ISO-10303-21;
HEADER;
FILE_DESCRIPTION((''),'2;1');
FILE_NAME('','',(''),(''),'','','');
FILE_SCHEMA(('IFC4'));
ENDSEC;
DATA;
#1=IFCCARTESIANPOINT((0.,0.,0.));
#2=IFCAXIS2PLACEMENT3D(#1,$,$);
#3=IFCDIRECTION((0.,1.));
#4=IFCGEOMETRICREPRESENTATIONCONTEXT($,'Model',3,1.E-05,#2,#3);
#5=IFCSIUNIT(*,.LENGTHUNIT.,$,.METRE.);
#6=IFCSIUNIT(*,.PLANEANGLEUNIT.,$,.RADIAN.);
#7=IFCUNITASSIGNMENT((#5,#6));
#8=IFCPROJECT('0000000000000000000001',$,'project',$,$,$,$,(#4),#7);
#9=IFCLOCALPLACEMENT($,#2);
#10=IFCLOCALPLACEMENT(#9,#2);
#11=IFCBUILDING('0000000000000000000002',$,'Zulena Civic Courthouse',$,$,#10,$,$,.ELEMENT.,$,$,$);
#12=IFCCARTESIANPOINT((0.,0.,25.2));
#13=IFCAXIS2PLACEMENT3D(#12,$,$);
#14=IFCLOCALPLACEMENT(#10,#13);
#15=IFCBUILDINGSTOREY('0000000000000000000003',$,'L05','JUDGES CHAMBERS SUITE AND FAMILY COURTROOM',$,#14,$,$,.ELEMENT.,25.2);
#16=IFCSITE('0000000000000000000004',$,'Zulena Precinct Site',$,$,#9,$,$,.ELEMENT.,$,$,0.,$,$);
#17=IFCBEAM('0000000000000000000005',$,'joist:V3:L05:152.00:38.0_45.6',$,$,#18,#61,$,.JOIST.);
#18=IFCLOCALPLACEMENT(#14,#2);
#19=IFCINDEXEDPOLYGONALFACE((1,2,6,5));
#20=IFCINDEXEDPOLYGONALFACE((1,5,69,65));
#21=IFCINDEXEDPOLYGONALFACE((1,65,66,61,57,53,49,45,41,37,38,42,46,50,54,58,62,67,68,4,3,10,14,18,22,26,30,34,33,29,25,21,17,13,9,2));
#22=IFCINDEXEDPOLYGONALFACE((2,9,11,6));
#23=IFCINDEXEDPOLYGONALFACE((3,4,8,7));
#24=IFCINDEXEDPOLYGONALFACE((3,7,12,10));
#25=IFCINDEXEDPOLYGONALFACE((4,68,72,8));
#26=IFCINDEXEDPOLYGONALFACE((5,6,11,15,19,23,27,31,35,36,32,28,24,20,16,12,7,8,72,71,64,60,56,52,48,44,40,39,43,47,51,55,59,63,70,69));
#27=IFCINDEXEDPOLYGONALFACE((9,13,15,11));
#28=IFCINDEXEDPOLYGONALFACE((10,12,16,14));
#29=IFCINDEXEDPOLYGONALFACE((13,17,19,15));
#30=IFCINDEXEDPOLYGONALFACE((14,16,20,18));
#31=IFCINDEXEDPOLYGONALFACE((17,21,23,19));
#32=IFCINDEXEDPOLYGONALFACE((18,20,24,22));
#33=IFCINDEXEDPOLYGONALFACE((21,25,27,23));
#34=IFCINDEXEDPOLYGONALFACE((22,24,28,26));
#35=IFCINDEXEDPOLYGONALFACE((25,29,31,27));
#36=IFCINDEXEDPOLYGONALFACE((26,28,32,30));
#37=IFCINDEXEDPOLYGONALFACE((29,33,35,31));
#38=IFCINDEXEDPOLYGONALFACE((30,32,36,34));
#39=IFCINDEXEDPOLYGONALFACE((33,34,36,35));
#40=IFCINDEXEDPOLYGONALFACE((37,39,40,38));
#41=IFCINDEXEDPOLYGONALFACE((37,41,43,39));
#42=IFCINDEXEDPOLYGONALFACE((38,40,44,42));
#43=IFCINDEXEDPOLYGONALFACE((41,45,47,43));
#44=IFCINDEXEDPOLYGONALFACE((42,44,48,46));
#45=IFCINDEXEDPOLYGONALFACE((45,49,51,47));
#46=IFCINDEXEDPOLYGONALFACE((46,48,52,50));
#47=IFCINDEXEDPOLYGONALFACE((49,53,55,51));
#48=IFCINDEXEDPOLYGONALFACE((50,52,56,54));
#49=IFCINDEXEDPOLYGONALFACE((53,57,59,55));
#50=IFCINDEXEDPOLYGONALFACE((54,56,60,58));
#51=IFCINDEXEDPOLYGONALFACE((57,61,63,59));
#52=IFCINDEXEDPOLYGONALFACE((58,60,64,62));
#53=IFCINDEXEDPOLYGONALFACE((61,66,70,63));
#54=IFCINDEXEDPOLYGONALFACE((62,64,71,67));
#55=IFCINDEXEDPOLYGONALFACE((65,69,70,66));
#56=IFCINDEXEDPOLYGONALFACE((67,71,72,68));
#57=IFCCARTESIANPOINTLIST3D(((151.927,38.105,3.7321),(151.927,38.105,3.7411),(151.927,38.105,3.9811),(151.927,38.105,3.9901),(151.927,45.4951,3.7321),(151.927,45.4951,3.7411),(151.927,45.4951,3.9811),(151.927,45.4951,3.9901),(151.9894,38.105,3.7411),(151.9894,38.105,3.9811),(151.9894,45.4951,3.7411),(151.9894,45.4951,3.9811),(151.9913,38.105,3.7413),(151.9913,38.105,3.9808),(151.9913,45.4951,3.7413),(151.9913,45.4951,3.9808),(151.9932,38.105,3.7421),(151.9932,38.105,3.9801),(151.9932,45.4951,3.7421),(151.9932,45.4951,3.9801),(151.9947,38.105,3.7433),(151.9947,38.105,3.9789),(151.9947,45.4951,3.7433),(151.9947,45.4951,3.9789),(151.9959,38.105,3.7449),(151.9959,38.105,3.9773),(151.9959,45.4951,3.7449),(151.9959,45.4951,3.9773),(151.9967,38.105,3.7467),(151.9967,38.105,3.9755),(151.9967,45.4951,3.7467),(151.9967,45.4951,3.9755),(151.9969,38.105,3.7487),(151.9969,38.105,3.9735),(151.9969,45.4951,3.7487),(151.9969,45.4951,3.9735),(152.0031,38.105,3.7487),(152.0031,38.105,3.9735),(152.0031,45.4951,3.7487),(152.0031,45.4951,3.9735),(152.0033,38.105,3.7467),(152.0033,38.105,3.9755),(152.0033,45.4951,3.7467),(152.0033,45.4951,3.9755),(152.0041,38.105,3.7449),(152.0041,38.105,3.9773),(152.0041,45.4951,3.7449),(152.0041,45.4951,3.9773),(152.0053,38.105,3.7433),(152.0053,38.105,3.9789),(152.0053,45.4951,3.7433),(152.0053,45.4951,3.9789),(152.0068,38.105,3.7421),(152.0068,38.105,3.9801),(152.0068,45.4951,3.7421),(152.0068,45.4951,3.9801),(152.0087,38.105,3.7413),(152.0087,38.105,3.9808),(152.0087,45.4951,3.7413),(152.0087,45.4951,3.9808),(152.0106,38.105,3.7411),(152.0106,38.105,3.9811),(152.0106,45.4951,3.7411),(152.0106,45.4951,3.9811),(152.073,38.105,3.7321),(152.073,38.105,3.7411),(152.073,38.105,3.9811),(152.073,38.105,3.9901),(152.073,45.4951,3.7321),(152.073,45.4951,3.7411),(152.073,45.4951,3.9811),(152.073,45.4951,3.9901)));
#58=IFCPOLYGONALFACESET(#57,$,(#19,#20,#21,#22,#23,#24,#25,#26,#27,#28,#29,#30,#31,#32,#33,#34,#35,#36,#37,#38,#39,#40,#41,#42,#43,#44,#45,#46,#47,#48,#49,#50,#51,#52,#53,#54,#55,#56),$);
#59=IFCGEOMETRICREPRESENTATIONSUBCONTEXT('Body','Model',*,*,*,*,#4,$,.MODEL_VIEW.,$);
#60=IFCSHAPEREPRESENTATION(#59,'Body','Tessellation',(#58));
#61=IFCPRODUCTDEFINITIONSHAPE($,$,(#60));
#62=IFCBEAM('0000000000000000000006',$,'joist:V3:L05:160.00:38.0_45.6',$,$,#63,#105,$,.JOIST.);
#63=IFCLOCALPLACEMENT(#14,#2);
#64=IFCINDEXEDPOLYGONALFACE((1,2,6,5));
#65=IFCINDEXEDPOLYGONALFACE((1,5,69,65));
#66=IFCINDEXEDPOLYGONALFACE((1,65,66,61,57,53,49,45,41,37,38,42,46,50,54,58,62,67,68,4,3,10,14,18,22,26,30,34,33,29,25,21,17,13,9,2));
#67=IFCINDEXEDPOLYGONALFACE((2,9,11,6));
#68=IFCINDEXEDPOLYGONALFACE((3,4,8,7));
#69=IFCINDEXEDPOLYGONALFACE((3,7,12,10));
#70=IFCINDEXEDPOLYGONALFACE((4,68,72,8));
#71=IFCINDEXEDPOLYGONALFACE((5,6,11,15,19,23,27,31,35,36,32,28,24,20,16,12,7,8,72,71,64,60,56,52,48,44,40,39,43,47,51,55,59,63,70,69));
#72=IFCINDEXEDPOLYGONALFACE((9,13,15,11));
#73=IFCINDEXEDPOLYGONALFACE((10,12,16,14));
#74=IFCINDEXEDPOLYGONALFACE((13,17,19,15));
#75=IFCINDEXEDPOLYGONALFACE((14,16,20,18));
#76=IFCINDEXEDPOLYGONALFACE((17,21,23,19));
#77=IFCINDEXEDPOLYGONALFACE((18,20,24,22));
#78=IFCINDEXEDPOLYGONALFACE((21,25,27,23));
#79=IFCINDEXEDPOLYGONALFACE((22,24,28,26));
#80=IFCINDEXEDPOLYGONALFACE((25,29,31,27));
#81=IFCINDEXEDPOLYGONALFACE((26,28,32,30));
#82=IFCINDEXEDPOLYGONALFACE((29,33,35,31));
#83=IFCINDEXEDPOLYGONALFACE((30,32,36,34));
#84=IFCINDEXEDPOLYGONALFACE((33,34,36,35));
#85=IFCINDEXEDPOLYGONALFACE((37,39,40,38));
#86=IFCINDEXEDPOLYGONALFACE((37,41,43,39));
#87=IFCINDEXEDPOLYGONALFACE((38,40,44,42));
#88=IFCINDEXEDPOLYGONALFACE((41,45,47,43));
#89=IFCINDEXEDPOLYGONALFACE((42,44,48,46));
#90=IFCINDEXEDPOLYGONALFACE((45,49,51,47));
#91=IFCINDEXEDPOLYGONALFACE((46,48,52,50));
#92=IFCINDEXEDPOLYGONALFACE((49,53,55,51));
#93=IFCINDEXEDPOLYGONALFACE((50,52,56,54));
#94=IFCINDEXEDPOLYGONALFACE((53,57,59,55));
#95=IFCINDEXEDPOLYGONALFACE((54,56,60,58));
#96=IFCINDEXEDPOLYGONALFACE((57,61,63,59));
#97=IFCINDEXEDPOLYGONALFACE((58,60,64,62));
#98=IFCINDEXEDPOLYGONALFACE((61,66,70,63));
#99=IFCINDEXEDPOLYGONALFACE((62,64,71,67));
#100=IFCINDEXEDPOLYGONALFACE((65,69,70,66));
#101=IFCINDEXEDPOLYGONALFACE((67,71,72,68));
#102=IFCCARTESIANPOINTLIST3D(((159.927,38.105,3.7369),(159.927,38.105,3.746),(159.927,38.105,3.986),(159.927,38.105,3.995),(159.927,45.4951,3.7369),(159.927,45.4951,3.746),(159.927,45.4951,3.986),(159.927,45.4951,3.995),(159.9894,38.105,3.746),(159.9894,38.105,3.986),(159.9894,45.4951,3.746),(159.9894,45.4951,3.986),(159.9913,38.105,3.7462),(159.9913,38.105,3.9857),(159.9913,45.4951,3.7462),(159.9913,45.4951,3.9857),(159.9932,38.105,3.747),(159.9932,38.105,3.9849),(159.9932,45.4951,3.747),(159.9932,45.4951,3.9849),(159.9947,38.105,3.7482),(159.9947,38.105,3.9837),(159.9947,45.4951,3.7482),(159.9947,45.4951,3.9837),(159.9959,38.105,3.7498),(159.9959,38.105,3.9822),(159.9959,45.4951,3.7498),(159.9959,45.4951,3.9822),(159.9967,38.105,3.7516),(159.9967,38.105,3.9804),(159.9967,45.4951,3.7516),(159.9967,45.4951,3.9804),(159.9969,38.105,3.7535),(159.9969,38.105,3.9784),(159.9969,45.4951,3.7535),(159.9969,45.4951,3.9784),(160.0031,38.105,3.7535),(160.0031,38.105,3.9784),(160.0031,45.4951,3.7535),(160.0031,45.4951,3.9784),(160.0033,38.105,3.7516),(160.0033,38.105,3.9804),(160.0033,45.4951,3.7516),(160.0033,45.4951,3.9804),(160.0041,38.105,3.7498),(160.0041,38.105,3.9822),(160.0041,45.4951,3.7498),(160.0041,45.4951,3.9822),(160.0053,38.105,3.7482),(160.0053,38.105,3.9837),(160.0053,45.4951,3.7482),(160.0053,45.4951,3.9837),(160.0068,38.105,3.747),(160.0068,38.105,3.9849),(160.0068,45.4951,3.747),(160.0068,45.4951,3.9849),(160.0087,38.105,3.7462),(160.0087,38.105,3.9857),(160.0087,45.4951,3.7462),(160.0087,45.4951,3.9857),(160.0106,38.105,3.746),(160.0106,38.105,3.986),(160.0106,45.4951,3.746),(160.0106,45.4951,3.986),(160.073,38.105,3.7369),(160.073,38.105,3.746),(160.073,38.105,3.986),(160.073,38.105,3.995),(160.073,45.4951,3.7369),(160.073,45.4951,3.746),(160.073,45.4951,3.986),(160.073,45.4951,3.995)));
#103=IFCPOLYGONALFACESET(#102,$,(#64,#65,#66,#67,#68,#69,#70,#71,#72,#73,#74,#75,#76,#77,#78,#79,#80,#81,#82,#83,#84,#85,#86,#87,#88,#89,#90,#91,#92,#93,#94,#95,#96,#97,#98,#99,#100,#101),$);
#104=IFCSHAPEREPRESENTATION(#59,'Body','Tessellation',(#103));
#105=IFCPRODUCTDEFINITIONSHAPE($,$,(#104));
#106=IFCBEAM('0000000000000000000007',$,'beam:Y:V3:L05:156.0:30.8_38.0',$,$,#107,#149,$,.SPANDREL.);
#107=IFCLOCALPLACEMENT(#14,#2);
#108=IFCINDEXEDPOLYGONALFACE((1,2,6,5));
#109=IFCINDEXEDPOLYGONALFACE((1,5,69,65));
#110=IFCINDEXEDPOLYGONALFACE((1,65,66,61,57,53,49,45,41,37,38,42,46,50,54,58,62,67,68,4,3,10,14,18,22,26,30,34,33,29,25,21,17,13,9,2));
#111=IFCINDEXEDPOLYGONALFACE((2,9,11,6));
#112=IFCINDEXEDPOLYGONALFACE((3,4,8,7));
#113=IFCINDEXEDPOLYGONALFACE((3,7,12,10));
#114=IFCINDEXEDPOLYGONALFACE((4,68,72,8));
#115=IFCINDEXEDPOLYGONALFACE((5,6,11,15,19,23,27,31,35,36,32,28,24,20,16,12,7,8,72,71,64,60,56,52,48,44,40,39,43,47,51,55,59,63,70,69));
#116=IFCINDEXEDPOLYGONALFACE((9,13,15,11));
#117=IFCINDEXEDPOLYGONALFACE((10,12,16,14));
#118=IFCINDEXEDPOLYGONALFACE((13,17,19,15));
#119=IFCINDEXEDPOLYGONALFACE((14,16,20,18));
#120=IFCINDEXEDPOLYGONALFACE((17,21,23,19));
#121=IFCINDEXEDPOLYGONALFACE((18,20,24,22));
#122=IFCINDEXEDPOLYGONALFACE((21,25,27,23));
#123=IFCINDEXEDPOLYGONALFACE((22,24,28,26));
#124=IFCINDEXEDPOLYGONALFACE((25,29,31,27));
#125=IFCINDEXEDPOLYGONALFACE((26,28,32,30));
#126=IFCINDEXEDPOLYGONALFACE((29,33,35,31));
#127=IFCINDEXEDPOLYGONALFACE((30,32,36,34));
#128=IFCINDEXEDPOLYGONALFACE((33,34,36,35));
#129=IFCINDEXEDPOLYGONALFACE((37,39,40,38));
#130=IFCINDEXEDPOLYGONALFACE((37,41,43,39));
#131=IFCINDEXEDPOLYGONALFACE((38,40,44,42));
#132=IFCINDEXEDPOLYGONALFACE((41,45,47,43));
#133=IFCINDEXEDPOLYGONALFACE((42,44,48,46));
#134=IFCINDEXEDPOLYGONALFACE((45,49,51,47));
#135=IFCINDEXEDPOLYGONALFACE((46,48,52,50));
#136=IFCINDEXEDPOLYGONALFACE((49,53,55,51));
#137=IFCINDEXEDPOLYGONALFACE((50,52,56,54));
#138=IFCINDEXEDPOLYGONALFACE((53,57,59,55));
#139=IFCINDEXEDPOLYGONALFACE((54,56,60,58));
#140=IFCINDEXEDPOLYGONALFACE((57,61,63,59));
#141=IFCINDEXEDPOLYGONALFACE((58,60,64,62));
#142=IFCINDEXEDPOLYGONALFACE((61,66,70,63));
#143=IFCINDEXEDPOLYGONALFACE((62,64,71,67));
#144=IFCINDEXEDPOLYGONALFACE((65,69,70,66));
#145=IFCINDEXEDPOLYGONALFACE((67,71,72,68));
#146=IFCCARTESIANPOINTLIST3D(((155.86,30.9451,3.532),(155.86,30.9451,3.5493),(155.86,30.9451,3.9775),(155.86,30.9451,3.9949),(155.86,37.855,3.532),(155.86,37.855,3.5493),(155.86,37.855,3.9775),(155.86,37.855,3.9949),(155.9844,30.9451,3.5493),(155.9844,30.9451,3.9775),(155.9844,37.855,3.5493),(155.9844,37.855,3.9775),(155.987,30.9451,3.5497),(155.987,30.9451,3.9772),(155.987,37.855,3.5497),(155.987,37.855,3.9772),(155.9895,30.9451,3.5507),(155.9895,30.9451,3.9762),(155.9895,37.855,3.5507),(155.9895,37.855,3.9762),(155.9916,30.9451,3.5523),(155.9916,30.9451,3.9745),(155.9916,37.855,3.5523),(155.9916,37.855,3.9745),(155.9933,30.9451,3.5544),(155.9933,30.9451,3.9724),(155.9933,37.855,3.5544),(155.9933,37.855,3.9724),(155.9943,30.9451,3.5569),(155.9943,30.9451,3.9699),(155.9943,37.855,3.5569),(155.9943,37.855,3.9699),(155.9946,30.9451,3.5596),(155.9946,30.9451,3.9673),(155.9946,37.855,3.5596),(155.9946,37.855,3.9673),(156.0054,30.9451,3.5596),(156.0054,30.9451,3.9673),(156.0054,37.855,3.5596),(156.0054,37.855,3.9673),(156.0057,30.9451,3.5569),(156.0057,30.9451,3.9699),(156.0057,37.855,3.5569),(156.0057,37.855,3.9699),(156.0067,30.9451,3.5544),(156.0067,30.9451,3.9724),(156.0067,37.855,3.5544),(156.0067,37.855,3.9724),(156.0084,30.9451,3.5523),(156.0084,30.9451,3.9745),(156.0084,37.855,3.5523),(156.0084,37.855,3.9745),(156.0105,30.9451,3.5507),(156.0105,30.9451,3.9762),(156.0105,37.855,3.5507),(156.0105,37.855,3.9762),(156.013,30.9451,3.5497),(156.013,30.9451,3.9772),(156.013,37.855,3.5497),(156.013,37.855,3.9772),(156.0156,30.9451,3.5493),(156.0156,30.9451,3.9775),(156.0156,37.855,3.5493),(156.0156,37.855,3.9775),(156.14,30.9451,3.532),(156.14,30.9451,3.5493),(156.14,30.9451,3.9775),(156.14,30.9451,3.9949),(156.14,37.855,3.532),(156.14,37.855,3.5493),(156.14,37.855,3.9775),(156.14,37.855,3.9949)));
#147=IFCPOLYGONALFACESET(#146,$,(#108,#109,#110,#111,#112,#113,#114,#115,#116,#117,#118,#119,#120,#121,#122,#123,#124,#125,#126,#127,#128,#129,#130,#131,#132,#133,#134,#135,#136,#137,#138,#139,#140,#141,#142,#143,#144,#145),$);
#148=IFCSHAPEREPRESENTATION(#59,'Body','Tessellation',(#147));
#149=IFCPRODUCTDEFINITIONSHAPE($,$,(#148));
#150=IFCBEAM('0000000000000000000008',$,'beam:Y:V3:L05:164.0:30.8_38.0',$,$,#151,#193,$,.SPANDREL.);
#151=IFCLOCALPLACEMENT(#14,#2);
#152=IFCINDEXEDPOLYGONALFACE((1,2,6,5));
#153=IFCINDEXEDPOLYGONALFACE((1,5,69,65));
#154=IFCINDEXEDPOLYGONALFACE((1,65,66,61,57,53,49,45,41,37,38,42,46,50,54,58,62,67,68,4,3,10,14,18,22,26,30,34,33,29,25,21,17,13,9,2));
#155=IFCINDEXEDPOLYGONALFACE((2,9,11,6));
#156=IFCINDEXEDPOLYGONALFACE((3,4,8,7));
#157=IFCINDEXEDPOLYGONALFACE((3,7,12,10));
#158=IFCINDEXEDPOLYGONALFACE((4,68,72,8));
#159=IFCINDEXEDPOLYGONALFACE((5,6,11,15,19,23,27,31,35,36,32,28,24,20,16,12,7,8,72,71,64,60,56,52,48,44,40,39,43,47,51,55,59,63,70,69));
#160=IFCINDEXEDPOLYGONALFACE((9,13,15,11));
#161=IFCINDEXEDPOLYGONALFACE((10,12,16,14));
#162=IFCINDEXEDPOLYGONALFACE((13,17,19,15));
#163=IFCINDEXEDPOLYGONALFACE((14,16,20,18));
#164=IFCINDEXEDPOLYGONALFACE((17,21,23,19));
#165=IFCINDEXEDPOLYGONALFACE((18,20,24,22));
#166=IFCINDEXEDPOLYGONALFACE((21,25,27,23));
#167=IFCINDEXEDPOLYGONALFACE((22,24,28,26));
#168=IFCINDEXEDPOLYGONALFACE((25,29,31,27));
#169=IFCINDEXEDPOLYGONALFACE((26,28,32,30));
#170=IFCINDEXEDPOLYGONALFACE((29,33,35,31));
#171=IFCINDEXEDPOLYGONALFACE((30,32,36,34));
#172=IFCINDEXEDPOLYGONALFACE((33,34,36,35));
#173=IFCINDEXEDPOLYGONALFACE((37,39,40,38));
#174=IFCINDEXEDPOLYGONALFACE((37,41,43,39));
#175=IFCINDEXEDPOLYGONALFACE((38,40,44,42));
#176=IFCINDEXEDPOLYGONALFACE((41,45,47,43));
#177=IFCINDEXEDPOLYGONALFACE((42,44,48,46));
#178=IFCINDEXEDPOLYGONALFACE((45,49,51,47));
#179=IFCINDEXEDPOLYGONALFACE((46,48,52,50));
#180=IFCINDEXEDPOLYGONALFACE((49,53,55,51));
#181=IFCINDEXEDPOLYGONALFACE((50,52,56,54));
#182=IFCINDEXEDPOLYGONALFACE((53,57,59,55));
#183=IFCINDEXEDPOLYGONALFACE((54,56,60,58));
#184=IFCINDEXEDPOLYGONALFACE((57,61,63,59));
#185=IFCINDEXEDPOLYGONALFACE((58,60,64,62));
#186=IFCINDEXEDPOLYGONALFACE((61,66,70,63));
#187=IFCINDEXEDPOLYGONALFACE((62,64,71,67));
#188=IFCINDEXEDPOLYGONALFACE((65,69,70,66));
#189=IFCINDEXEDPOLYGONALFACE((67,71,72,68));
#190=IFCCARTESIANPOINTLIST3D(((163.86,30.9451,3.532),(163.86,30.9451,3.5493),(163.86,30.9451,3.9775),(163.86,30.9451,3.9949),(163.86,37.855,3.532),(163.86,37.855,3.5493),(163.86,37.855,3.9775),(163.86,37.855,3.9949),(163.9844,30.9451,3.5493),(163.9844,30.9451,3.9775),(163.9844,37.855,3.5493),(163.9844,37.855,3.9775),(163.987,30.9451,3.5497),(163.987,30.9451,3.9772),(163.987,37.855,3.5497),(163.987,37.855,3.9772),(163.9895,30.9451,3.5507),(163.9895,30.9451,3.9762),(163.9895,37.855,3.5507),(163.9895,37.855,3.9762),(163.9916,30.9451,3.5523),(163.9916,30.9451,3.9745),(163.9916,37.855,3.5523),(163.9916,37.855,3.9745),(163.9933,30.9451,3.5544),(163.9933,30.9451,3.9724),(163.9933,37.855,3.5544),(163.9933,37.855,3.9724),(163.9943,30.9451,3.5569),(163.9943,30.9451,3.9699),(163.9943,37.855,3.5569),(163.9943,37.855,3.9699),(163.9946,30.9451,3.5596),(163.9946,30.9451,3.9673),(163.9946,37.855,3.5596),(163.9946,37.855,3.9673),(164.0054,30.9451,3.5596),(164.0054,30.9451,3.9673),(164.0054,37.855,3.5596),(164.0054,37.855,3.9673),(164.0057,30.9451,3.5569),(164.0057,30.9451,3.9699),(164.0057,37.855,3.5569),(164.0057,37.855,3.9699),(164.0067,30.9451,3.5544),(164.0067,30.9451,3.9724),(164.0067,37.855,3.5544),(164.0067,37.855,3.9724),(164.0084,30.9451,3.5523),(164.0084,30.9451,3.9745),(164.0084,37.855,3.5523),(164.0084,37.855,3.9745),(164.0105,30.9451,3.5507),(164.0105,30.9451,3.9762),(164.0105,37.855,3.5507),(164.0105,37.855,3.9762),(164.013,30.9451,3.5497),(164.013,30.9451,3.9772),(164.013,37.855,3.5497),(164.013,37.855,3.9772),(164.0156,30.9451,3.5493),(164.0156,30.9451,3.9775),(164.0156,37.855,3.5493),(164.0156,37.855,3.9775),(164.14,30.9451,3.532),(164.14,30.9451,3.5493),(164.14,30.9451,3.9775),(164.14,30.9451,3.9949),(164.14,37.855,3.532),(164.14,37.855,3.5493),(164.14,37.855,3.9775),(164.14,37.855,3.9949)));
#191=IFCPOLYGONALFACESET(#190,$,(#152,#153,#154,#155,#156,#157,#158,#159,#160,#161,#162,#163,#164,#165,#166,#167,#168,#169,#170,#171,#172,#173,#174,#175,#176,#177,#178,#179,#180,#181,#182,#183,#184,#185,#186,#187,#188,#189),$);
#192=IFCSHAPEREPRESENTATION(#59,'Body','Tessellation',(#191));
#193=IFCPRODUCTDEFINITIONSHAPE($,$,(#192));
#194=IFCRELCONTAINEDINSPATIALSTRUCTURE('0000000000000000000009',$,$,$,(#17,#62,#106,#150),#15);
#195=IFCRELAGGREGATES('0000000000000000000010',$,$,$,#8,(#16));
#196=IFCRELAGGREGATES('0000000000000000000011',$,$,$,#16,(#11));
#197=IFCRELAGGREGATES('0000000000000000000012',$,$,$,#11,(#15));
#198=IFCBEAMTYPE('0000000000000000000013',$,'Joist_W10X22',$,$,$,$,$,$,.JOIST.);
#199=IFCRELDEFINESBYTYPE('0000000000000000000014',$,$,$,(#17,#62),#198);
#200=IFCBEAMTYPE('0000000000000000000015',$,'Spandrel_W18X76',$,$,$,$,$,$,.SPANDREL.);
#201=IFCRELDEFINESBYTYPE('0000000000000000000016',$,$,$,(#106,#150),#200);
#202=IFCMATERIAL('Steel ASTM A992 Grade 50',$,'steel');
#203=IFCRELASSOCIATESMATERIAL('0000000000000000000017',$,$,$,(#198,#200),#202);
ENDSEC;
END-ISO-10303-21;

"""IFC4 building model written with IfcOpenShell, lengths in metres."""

from ifc_helpers import new_model, si_unit, direction, frame, origin, origin_2d, place, context, subcontext, project, spatial, i_section, extrude, material, material_profile, profile_set, type_object, element, save


model = new_model("IFC4")

# Units and contexts
model_context = context("Model", 3, precision=1e-05, world=origin(), true_north=direction((0.0, 1.0)))
body_context = subcontext(model_context, "Body", "Model", "MODEL_VIEW")
ifc_project = project(units=[si_unit("LENGTHUNIT", "METRE"), si_unit("PLANEANGLEUNIT", "RADIAN")], contexts=[model_context])

# Site, building, storey
site_placement = place(None, origin())
site = spatial("IfcSite", under=ifc_project, at=site_placement, Name="Zulena Precinct Site", CompositionType="ELEMENT", RefElevation=0.0)
building_placement = place(site_placement, origin())
building = spatial("IfcBuilding", under=site, at=building_placement, Name="Zulena Civic Courthouse", CompositionType="ELEMENT")
storey_placement = place(building_placement, frame((0.0, 0.0, 25.2)))
storey = spatial("IfcBuildingStorey", under=building, at=storey_placement, Name="L05", Description="JUDGES CHAMBERS SUITE AND FAMILY COURTROOM", CompositionType="ELEMENT", Elevation=25.2)

# Shared definitions
ifc_material_1 = material(Name="Steel ASTM A992 Grade 50", Category="steel")

# Beams
ifc_material_profile_1 = material_profile(ifc_material_1, i_section(OverallWidth=0.146, OverallDepth=0.2581, WebThickness=0.0061, FlangeThickness=0.009, FilletRadius=0.0076, at=origin_2d()), Name="W10X22")
ifc_profile_set_1 = profile_set([ifc_material_profile_1], Name="Steel ASTM A992 Grade 50")
beam_type_1 = type_object("IfcBeamType", Name="Joist_W10X22", PredefinedType="JOIST", material=ifc_profile_set_1)
for number, where, z_axis, x_axis, name in (
    (1, (152.0, 38.105, 3.8611), (0.0, 1.0, 0.0), (-1.0, 0.0, 0.0), "joist:V3:L05:152.00:38.0_45.6"),
    (2, (160.0, 38.105, 3.866), (0.0, 1.0, 0.0), (-1.0, 0.0, 0.0), "joist:V3:L05:160.00:38.0_45.6"),
):
    element("IfcBeam", number, at=place(storey_placement, frame(where, z_axis=z_axis, x_axis=x_axis)), inside=storey, type_object=beam_type_1, Name=name, PredefinedType="JOIST", context=body_context, shape_type="SweptSolid", body=[
        extrude(i_section(OverallWidth=0.146, OverallDepth=0.2581, WebThickness=0.0061, FlangeThickness=0.009, FilletRadius=0.0076, at=origin_2d()), origin(), (0.0, 0.0, 1.0), 7.3901),
    ])
ifc_material_profile_2 = material_profile(ifc_material_1, i_section(OverallWidth=0.28, OverallDepth=0.4629, WebThickness=0.0107, FlangeThickness=0.0173, FilletRadius=0.0103, at=origin_2d()), Name="W18X76")
ifc_profile_set_2 = profile_set([ifc_material_profile_2], Name="Steel ASTM A992 Grade 50")
beam_type_2 = type_object("IfcBeamType", Name="Spandrel_W18X76", PredefinedType="SPANDREL", material=ifc_profile_set_2)
for number, where, z_axis, x_axis, name in (
    (3, (156.0, 30.9451, 3.7634), (0.0, 1.0, 0.0), (-1.0, 0.0, 0.0), "beam:Y:V3:L05:156.0:30.8_38.0"),
    (4, (164.0, 30.9451, 3.7634), (0.0, 1.0, 0.0), (-1.0, 0.0, 0.0), "beam:Y:V3:L05:164.0:30.8_38.0"),
):
    element("IfcBeam", number, at=place(storey_placement, frame(where, z_axis=z_axis, x_axis=x_axis)), inside=storey, type_object=beam_type_2, Name=name, PredefinedType="SPANDREL", context=body_context, shape_type="SweptSolid", body=[
        extrude(i_section(OverallWidth=0.28, OverallDepth=0.4629, WebThickness=0.0107, FlangeThickness=0.0173, FilletRadius=0.0103, at=origin_2d()), origin(), (0.0, 0.0, 1.0), 6.9099),
    ])

save(model, "model.ifc")
